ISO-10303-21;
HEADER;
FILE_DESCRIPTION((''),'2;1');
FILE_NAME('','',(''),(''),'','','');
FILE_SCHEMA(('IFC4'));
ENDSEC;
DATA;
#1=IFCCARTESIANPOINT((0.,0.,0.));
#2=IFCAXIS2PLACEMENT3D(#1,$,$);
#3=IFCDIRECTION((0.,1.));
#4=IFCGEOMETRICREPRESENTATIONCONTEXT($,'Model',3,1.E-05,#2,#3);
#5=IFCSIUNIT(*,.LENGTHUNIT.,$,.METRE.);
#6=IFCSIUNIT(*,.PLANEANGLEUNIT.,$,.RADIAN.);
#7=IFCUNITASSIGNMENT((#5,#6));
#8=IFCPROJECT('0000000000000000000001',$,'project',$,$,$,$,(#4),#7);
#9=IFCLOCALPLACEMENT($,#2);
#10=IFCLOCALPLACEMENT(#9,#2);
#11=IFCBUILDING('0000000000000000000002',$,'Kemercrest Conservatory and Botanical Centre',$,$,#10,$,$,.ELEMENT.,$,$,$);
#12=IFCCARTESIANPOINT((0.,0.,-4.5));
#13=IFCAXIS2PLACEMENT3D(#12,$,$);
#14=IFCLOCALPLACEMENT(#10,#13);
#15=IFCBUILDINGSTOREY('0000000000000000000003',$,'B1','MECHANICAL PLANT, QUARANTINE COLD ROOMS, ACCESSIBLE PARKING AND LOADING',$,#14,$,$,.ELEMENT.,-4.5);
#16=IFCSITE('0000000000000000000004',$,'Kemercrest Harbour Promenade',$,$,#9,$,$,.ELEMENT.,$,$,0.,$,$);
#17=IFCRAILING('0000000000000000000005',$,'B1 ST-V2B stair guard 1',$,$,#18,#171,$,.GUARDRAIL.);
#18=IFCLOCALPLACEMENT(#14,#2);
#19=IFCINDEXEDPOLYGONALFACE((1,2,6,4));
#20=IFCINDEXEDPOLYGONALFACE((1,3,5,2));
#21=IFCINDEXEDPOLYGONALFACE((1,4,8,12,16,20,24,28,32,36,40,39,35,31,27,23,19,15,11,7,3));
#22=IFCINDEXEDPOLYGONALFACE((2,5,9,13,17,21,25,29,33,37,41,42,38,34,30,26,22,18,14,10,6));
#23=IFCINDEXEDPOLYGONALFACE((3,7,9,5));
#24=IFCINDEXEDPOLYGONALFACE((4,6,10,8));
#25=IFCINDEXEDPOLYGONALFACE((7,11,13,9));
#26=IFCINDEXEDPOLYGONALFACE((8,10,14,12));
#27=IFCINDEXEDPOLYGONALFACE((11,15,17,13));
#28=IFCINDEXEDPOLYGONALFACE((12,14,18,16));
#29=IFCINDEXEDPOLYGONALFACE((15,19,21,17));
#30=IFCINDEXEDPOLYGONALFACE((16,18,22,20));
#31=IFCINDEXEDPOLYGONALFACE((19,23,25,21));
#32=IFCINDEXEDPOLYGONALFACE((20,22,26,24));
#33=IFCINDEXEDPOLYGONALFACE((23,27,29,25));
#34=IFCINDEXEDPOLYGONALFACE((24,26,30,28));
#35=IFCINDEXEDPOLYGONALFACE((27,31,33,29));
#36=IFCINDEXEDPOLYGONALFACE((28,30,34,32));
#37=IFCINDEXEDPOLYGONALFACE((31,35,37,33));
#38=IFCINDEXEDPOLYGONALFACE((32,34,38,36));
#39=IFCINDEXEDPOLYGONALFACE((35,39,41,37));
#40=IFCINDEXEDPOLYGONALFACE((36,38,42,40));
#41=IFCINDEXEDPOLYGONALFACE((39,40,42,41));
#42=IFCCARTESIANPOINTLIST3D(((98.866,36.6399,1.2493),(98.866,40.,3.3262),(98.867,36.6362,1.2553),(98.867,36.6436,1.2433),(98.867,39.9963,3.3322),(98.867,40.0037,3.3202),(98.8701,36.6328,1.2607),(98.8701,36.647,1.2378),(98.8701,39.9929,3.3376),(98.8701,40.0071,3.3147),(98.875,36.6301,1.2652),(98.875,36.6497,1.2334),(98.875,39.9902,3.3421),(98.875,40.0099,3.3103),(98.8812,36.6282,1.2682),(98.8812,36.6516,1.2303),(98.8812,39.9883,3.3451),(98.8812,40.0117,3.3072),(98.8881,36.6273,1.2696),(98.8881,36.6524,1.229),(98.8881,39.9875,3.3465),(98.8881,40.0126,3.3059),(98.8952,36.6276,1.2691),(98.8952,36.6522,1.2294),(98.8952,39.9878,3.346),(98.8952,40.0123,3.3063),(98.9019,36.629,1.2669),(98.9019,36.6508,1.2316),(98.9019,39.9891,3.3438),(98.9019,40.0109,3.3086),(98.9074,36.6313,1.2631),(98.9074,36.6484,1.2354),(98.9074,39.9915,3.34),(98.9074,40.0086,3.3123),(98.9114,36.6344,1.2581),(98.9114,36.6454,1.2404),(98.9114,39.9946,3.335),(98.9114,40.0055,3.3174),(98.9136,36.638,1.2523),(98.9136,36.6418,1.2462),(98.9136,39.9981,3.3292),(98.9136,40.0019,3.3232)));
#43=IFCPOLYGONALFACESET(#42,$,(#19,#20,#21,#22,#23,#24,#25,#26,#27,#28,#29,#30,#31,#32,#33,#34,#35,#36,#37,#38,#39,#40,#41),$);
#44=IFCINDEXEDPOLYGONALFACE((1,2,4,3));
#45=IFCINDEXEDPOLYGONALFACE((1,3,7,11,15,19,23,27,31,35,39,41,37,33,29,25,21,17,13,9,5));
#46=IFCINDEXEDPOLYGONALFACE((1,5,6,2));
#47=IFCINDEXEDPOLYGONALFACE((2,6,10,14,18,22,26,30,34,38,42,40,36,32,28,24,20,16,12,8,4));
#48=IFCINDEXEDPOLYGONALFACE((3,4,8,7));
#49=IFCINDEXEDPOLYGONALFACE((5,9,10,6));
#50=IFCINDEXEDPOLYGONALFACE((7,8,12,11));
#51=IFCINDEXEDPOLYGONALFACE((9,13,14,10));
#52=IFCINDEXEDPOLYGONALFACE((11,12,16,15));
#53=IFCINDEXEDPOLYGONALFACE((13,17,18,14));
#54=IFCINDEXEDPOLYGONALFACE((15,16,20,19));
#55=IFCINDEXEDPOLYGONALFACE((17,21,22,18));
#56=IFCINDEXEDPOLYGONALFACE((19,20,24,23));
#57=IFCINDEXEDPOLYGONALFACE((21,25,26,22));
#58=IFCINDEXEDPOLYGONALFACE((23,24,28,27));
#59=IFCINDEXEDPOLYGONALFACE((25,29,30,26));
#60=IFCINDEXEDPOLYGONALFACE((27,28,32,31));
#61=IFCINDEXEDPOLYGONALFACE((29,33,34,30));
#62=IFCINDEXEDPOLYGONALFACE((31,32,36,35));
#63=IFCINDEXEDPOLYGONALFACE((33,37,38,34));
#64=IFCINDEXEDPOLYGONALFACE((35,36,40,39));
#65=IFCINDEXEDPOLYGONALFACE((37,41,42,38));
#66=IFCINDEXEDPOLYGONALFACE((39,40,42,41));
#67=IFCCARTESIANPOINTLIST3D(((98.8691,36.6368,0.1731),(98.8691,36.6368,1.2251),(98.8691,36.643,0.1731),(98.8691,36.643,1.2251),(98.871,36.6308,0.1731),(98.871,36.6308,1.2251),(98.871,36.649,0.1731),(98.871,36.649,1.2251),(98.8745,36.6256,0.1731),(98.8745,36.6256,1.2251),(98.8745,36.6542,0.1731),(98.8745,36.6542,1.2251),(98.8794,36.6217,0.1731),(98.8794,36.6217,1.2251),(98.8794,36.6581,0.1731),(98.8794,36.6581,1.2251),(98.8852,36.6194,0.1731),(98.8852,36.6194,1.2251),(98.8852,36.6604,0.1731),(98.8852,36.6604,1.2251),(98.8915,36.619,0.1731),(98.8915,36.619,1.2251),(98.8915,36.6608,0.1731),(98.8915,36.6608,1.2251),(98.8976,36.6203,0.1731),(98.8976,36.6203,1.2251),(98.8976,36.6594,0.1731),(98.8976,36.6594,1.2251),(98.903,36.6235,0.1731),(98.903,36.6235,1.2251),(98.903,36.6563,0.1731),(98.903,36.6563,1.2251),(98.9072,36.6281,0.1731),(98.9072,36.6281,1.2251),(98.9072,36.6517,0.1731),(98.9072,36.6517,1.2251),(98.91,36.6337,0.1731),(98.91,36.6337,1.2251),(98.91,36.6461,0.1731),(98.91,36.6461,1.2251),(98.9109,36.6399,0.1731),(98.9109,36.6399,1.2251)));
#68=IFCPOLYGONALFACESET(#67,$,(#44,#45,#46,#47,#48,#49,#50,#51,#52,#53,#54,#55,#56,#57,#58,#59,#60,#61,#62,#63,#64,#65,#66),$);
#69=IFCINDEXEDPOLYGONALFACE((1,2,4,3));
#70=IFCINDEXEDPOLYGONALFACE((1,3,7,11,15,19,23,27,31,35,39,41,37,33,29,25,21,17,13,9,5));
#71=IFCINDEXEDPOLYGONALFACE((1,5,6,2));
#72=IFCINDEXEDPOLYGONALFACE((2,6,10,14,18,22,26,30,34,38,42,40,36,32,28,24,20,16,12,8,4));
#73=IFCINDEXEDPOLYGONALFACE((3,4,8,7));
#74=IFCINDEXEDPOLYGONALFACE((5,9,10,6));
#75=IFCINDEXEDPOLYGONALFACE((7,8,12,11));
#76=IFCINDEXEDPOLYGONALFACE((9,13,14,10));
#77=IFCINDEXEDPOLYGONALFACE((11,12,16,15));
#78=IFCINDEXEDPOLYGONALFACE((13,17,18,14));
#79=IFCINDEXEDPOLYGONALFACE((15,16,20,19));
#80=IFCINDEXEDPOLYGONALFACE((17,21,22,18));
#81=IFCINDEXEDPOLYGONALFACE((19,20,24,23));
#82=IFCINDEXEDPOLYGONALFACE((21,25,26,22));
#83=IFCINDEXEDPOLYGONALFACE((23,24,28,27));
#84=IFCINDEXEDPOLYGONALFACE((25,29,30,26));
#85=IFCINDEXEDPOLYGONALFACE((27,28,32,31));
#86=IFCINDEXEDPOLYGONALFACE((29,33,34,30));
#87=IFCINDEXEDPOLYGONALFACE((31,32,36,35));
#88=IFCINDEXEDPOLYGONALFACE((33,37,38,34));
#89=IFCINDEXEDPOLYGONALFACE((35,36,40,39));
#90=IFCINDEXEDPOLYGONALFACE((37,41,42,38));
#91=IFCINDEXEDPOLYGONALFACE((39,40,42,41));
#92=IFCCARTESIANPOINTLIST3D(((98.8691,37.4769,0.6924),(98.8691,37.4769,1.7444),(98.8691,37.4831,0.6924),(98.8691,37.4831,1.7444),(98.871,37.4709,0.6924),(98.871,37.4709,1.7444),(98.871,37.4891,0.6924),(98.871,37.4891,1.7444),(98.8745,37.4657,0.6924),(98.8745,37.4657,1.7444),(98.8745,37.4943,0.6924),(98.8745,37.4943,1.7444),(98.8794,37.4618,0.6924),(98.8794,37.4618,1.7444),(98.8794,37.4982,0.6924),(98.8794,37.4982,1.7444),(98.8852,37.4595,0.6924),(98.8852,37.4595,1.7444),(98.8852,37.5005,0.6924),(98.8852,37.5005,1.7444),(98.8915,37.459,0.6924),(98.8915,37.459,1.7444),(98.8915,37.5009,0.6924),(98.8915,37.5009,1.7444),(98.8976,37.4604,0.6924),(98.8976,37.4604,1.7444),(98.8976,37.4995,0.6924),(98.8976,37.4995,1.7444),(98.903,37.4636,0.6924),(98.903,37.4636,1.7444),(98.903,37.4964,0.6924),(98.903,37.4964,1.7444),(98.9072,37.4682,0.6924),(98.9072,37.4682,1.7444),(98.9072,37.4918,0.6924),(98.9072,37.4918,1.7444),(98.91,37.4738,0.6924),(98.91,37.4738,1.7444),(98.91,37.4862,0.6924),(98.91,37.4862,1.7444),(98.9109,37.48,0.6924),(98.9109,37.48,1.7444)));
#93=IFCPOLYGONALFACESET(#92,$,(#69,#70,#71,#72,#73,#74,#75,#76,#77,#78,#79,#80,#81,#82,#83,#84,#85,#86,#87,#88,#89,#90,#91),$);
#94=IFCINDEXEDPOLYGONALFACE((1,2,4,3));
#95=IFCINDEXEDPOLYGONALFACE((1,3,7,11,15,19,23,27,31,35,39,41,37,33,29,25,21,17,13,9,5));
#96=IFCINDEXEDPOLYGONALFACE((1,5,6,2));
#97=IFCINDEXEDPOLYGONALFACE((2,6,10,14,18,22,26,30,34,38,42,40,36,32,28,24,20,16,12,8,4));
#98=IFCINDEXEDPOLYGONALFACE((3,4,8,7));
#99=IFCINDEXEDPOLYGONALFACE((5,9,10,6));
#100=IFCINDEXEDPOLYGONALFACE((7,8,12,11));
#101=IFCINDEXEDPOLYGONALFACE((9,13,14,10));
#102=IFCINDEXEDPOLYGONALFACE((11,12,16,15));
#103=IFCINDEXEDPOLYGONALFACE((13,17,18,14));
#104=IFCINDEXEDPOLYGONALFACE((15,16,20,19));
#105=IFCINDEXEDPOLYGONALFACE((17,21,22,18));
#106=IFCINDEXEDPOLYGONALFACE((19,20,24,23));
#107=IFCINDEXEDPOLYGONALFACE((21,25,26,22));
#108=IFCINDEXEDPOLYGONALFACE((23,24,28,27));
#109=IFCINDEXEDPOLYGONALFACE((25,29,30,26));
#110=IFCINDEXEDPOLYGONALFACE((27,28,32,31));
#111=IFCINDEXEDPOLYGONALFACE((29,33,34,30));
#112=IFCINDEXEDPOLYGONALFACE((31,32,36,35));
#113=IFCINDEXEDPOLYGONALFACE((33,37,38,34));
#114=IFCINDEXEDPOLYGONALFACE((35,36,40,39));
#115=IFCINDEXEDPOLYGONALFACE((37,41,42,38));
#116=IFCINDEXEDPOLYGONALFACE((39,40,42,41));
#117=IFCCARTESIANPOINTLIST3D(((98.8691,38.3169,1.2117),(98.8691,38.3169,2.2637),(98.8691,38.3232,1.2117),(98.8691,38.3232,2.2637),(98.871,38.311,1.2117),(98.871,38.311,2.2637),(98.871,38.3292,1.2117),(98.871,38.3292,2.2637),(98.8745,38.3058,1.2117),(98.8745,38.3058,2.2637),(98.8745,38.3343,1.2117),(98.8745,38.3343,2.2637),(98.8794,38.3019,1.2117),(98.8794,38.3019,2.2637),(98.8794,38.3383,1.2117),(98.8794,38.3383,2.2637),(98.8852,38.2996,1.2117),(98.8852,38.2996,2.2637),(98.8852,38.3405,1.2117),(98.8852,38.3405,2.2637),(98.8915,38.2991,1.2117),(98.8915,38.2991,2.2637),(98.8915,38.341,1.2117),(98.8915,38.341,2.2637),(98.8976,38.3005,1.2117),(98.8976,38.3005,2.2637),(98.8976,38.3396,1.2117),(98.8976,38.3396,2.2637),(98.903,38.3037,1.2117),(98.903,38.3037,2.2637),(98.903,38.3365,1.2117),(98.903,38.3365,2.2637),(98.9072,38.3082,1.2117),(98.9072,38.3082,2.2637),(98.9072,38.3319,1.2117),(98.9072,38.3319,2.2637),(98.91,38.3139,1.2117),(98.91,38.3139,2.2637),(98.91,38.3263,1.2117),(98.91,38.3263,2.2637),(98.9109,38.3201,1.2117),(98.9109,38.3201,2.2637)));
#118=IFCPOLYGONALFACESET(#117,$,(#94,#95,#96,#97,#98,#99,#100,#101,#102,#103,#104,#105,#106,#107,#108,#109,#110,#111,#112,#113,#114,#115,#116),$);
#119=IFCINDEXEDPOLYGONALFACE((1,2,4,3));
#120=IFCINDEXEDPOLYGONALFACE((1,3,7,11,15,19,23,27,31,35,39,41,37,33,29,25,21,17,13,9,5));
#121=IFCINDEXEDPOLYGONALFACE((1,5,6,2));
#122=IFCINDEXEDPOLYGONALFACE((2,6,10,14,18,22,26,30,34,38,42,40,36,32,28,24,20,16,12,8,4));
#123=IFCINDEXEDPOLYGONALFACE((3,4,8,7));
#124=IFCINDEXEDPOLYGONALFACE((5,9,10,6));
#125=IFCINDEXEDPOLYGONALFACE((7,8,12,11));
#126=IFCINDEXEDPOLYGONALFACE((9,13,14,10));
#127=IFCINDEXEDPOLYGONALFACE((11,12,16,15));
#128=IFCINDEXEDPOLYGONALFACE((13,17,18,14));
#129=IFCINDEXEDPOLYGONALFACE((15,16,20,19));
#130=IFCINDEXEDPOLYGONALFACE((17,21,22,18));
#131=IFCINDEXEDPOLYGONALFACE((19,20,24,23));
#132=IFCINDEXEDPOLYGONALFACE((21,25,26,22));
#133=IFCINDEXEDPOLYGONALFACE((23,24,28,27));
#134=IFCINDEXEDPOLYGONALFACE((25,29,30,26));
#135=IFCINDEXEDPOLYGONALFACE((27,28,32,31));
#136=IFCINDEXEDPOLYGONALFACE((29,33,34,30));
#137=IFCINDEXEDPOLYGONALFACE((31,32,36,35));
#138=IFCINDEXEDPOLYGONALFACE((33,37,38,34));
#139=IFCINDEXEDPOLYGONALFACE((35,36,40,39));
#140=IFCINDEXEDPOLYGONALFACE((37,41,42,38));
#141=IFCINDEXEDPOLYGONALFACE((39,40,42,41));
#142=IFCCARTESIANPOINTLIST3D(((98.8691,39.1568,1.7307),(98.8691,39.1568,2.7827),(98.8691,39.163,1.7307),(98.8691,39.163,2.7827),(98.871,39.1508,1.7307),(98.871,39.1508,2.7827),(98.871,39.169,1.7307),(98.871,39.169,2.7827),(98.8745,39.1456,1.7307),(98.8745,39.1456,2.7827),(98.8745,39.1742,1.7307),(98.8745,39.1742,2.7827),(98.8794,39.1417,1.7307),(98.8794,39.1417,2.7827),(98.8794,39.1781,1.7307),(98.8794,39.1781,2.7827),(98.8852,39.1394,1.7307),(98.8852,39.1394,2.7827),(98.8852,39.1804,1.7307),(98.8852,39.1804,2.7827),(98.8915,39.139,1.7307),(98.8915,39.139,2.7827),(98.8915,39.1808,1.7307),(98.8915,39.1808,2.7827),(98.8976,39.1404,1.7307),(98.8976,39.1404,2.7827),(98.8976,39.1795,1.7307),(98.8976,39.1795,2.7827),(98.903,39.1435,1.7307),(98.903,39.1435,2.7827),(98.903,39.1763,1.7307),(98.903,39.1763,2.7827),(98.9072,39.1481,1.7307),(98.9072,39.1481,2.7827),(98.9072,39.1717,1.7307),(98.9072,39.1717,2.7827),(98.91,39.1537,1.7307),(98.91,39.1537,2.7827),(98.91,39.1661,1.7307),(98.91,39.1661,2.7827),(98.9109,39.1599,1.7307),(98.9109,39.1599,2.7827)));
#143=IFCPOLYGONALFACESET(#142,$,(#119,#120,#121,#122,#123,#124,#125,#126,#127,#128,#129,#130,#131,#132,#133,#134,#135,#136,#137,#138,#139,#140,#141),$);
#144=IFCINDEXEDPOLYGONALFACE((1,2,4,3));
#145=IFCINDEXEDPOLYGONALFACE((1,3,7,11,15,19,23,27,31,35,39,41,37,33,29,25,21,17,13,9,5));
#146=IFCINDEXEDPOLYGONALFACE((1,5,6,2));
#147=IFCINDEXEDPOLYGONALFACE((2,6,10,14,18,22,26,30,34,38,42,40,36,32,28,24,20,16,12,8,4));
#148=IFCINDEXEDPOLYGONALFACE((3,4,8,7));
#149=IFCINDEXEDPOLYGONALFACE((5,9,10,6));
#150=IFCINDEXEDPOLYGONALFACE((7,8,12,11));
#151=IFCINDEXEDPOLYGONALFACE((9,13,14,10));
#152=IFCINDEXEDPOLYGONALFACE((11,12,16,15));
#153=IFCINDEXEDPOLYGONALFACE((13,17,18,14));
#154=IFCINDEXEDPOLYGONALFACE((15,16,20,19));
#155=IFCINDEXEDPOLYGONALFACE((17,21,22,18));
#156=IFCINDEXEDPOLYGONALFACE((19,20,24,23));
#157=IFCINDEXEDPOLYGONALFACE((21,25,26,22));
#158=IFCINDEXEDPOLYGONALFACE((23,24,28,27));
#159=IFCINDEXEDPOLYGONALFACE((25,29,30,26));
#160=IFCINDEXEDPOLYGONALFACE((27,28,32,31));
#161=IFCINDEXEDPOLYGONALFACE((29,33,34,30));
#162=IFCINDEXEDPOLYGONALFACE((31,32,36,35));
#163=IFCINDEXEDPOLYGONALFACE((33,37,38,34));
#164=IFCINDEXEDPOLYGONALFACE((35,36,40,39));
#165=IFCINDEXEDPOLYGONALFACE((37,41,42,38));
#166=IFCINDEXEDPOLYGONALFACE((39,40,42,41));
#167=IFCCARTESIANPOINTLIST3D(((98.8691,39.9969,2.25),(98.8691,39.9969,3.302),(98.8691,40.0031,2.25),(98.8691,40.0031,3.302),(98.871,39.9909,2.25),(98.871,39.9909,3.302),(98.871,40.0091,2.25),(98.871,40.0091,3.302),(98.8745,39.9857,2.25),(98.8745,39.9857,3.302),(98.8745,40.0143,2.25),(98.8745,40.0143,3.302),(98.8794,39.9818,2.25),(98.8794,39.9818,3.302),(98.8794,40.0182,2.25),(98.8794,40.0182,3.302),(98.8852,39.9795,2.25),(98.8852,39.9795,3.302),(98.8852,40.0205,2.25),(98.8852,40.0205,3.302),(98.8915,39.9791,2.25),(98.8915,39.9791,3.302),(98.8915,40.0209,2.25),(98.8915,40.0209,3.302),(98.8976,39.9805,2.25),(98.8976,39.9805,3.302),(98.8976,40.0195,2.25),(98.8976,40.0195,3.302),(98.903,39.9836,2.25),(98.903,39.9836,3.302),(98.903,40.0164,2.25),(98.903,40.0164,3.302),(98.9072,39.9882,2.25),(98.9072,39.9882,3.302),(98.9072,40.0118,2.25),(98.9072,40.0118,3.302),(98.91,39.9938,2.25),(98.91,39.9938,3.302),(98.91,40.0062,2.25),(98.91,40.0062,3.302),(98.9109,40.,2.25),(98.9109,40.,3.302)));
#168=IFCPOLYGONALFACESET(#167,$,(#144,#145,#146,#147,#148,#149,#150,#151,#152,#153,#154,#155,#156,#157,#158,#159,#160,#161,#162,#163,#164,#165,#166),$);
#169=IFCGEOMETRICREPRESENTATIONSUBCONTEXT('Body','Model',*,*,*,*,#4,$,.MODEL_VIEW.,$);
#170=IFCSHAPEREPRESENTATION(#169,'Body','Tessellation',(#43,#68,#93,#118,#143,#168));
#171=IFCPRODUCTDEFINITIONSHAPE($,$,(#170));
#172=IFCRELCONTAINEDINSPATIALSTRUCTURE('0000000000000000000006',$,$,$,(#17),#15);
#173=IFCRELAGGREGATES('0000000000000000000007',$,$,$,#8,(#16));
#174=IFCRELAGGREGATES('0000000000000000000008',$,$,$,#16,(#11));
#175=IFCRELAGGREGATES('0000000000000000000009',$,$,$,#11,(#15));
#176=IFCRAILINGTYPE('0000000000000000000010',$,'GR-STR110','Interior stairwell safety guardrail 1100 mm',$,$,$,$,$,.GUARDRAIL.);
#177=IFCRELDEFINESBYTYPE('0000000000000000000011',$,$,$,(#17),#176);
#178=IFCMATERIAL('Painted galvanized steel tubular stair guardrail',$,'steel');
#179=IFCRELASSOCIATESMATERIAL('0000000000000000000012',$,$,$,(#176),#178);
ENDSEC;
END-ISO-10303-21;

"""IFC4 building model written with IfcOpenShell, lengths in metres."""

from ifc_helpers import new_model, si_unit, direction, frame, origin, origin_2d, place, context, subcontext, project, spatial, circle, extrude, material, type_object, element, save


model = new_model("IFC4")

# Units and contexts
model_context = context("Model", 3, precision=1e-05, world=origin(), true_north=direction((0.0, 1.0)))
body_context = subcontext(model_context, "Body", "Model", "MODEL_VIEW")
ifc_project = project(units=[si_unit("LENGTHUNIT", "METRE"), si_unit("PLANEANGLEUNIT", "RADIAN")], contexts=[model_context])

# Site, building, storey
site_placement = place(None, origin())
site = spatial("IfcSite", under=ifc_project, at=site_placement, Name="Kemercrest Harbour Promenade", CompositionType="ELEMENT", RefElevation=0.0)
building_placement = place(site_placement, origin())
building = spatial("IfcBuilding", under=site, at=building_placement, Name="Kemercrest Conservatory and Botanical Centre", CompositionType="ELEMENT")
storey_placement = place(building_placement, frame((0.0, 0.0, -4.5)))
storey = spatial("IfcBuildingStorey", under=building, at=storey_placement, Name="B1", Description="MECHANICAL PLANT, QUARANTINE COLD ROOMS, ACCESSIBLE PARKING AND LOADING", CompositionType="ELEMENT", Elevation=-4.5)

# Railing
ifc_material_1 = material(Name="Painted galvanized steel tubular stair guardrail", Category="steel")
railing_type_1 = type_object("IfcRailingType", Name="GR-STR110", Description="Interior stairwell safety guardrail 1100 mm", PredefinedType="GUARDRAIL", material=ifc_material_1)
railing_1_placement = place(storey_placement, frame((98.8899, 36.6399, 0.1731)))
element("IfcRailing", 1, at=railing_1_placement, inside=storey, type_object=railing_type_1, Name="B1 ST-V2B stair guard 1", PredefinedType="GUARDRAIL", context=body_context, shape_type="SweptSolid", body=[
    extrude(circle(Radius=0.0239, at=origin_2d()), frame((0.0, 0.0, 1.0762), z_axis=(0.0, 0.850623, 0.525776), x_axis=(-1.0, 0.0, 0.0)), (0.0, 0.0, 1.0), 3.9502),
    extrude(circle(Radius=0.021, at=origin_2d()), origin(), (0.0, 0.0, 1.0), 1.052),
    extrude(circle(Radius=0.021, at=origin_2d()), frame((0.0, 0.8401, 0.5193)), (0.0, 0.0, 1.0), 1.052),
    extrude(circle(Radius=0.021, at=origin_2d()), frame((0.0, 1.6802, 1.0386)), (0.0, 0.0, 1.0), 1.052),
    extrude(circle(Radius=0.021, at=origin_2d()), frame((0.0, 2.52, 1.5576)), (0.0, 0.0, 1.0), 1.052),
    extrude(circle(Radius=0.021, at=origin_2d()), frame((0.0, 3.3601, 2.0769)), (0.0, 0.0, 1.0), 1.052),
])

save(model, "model.ifc")
